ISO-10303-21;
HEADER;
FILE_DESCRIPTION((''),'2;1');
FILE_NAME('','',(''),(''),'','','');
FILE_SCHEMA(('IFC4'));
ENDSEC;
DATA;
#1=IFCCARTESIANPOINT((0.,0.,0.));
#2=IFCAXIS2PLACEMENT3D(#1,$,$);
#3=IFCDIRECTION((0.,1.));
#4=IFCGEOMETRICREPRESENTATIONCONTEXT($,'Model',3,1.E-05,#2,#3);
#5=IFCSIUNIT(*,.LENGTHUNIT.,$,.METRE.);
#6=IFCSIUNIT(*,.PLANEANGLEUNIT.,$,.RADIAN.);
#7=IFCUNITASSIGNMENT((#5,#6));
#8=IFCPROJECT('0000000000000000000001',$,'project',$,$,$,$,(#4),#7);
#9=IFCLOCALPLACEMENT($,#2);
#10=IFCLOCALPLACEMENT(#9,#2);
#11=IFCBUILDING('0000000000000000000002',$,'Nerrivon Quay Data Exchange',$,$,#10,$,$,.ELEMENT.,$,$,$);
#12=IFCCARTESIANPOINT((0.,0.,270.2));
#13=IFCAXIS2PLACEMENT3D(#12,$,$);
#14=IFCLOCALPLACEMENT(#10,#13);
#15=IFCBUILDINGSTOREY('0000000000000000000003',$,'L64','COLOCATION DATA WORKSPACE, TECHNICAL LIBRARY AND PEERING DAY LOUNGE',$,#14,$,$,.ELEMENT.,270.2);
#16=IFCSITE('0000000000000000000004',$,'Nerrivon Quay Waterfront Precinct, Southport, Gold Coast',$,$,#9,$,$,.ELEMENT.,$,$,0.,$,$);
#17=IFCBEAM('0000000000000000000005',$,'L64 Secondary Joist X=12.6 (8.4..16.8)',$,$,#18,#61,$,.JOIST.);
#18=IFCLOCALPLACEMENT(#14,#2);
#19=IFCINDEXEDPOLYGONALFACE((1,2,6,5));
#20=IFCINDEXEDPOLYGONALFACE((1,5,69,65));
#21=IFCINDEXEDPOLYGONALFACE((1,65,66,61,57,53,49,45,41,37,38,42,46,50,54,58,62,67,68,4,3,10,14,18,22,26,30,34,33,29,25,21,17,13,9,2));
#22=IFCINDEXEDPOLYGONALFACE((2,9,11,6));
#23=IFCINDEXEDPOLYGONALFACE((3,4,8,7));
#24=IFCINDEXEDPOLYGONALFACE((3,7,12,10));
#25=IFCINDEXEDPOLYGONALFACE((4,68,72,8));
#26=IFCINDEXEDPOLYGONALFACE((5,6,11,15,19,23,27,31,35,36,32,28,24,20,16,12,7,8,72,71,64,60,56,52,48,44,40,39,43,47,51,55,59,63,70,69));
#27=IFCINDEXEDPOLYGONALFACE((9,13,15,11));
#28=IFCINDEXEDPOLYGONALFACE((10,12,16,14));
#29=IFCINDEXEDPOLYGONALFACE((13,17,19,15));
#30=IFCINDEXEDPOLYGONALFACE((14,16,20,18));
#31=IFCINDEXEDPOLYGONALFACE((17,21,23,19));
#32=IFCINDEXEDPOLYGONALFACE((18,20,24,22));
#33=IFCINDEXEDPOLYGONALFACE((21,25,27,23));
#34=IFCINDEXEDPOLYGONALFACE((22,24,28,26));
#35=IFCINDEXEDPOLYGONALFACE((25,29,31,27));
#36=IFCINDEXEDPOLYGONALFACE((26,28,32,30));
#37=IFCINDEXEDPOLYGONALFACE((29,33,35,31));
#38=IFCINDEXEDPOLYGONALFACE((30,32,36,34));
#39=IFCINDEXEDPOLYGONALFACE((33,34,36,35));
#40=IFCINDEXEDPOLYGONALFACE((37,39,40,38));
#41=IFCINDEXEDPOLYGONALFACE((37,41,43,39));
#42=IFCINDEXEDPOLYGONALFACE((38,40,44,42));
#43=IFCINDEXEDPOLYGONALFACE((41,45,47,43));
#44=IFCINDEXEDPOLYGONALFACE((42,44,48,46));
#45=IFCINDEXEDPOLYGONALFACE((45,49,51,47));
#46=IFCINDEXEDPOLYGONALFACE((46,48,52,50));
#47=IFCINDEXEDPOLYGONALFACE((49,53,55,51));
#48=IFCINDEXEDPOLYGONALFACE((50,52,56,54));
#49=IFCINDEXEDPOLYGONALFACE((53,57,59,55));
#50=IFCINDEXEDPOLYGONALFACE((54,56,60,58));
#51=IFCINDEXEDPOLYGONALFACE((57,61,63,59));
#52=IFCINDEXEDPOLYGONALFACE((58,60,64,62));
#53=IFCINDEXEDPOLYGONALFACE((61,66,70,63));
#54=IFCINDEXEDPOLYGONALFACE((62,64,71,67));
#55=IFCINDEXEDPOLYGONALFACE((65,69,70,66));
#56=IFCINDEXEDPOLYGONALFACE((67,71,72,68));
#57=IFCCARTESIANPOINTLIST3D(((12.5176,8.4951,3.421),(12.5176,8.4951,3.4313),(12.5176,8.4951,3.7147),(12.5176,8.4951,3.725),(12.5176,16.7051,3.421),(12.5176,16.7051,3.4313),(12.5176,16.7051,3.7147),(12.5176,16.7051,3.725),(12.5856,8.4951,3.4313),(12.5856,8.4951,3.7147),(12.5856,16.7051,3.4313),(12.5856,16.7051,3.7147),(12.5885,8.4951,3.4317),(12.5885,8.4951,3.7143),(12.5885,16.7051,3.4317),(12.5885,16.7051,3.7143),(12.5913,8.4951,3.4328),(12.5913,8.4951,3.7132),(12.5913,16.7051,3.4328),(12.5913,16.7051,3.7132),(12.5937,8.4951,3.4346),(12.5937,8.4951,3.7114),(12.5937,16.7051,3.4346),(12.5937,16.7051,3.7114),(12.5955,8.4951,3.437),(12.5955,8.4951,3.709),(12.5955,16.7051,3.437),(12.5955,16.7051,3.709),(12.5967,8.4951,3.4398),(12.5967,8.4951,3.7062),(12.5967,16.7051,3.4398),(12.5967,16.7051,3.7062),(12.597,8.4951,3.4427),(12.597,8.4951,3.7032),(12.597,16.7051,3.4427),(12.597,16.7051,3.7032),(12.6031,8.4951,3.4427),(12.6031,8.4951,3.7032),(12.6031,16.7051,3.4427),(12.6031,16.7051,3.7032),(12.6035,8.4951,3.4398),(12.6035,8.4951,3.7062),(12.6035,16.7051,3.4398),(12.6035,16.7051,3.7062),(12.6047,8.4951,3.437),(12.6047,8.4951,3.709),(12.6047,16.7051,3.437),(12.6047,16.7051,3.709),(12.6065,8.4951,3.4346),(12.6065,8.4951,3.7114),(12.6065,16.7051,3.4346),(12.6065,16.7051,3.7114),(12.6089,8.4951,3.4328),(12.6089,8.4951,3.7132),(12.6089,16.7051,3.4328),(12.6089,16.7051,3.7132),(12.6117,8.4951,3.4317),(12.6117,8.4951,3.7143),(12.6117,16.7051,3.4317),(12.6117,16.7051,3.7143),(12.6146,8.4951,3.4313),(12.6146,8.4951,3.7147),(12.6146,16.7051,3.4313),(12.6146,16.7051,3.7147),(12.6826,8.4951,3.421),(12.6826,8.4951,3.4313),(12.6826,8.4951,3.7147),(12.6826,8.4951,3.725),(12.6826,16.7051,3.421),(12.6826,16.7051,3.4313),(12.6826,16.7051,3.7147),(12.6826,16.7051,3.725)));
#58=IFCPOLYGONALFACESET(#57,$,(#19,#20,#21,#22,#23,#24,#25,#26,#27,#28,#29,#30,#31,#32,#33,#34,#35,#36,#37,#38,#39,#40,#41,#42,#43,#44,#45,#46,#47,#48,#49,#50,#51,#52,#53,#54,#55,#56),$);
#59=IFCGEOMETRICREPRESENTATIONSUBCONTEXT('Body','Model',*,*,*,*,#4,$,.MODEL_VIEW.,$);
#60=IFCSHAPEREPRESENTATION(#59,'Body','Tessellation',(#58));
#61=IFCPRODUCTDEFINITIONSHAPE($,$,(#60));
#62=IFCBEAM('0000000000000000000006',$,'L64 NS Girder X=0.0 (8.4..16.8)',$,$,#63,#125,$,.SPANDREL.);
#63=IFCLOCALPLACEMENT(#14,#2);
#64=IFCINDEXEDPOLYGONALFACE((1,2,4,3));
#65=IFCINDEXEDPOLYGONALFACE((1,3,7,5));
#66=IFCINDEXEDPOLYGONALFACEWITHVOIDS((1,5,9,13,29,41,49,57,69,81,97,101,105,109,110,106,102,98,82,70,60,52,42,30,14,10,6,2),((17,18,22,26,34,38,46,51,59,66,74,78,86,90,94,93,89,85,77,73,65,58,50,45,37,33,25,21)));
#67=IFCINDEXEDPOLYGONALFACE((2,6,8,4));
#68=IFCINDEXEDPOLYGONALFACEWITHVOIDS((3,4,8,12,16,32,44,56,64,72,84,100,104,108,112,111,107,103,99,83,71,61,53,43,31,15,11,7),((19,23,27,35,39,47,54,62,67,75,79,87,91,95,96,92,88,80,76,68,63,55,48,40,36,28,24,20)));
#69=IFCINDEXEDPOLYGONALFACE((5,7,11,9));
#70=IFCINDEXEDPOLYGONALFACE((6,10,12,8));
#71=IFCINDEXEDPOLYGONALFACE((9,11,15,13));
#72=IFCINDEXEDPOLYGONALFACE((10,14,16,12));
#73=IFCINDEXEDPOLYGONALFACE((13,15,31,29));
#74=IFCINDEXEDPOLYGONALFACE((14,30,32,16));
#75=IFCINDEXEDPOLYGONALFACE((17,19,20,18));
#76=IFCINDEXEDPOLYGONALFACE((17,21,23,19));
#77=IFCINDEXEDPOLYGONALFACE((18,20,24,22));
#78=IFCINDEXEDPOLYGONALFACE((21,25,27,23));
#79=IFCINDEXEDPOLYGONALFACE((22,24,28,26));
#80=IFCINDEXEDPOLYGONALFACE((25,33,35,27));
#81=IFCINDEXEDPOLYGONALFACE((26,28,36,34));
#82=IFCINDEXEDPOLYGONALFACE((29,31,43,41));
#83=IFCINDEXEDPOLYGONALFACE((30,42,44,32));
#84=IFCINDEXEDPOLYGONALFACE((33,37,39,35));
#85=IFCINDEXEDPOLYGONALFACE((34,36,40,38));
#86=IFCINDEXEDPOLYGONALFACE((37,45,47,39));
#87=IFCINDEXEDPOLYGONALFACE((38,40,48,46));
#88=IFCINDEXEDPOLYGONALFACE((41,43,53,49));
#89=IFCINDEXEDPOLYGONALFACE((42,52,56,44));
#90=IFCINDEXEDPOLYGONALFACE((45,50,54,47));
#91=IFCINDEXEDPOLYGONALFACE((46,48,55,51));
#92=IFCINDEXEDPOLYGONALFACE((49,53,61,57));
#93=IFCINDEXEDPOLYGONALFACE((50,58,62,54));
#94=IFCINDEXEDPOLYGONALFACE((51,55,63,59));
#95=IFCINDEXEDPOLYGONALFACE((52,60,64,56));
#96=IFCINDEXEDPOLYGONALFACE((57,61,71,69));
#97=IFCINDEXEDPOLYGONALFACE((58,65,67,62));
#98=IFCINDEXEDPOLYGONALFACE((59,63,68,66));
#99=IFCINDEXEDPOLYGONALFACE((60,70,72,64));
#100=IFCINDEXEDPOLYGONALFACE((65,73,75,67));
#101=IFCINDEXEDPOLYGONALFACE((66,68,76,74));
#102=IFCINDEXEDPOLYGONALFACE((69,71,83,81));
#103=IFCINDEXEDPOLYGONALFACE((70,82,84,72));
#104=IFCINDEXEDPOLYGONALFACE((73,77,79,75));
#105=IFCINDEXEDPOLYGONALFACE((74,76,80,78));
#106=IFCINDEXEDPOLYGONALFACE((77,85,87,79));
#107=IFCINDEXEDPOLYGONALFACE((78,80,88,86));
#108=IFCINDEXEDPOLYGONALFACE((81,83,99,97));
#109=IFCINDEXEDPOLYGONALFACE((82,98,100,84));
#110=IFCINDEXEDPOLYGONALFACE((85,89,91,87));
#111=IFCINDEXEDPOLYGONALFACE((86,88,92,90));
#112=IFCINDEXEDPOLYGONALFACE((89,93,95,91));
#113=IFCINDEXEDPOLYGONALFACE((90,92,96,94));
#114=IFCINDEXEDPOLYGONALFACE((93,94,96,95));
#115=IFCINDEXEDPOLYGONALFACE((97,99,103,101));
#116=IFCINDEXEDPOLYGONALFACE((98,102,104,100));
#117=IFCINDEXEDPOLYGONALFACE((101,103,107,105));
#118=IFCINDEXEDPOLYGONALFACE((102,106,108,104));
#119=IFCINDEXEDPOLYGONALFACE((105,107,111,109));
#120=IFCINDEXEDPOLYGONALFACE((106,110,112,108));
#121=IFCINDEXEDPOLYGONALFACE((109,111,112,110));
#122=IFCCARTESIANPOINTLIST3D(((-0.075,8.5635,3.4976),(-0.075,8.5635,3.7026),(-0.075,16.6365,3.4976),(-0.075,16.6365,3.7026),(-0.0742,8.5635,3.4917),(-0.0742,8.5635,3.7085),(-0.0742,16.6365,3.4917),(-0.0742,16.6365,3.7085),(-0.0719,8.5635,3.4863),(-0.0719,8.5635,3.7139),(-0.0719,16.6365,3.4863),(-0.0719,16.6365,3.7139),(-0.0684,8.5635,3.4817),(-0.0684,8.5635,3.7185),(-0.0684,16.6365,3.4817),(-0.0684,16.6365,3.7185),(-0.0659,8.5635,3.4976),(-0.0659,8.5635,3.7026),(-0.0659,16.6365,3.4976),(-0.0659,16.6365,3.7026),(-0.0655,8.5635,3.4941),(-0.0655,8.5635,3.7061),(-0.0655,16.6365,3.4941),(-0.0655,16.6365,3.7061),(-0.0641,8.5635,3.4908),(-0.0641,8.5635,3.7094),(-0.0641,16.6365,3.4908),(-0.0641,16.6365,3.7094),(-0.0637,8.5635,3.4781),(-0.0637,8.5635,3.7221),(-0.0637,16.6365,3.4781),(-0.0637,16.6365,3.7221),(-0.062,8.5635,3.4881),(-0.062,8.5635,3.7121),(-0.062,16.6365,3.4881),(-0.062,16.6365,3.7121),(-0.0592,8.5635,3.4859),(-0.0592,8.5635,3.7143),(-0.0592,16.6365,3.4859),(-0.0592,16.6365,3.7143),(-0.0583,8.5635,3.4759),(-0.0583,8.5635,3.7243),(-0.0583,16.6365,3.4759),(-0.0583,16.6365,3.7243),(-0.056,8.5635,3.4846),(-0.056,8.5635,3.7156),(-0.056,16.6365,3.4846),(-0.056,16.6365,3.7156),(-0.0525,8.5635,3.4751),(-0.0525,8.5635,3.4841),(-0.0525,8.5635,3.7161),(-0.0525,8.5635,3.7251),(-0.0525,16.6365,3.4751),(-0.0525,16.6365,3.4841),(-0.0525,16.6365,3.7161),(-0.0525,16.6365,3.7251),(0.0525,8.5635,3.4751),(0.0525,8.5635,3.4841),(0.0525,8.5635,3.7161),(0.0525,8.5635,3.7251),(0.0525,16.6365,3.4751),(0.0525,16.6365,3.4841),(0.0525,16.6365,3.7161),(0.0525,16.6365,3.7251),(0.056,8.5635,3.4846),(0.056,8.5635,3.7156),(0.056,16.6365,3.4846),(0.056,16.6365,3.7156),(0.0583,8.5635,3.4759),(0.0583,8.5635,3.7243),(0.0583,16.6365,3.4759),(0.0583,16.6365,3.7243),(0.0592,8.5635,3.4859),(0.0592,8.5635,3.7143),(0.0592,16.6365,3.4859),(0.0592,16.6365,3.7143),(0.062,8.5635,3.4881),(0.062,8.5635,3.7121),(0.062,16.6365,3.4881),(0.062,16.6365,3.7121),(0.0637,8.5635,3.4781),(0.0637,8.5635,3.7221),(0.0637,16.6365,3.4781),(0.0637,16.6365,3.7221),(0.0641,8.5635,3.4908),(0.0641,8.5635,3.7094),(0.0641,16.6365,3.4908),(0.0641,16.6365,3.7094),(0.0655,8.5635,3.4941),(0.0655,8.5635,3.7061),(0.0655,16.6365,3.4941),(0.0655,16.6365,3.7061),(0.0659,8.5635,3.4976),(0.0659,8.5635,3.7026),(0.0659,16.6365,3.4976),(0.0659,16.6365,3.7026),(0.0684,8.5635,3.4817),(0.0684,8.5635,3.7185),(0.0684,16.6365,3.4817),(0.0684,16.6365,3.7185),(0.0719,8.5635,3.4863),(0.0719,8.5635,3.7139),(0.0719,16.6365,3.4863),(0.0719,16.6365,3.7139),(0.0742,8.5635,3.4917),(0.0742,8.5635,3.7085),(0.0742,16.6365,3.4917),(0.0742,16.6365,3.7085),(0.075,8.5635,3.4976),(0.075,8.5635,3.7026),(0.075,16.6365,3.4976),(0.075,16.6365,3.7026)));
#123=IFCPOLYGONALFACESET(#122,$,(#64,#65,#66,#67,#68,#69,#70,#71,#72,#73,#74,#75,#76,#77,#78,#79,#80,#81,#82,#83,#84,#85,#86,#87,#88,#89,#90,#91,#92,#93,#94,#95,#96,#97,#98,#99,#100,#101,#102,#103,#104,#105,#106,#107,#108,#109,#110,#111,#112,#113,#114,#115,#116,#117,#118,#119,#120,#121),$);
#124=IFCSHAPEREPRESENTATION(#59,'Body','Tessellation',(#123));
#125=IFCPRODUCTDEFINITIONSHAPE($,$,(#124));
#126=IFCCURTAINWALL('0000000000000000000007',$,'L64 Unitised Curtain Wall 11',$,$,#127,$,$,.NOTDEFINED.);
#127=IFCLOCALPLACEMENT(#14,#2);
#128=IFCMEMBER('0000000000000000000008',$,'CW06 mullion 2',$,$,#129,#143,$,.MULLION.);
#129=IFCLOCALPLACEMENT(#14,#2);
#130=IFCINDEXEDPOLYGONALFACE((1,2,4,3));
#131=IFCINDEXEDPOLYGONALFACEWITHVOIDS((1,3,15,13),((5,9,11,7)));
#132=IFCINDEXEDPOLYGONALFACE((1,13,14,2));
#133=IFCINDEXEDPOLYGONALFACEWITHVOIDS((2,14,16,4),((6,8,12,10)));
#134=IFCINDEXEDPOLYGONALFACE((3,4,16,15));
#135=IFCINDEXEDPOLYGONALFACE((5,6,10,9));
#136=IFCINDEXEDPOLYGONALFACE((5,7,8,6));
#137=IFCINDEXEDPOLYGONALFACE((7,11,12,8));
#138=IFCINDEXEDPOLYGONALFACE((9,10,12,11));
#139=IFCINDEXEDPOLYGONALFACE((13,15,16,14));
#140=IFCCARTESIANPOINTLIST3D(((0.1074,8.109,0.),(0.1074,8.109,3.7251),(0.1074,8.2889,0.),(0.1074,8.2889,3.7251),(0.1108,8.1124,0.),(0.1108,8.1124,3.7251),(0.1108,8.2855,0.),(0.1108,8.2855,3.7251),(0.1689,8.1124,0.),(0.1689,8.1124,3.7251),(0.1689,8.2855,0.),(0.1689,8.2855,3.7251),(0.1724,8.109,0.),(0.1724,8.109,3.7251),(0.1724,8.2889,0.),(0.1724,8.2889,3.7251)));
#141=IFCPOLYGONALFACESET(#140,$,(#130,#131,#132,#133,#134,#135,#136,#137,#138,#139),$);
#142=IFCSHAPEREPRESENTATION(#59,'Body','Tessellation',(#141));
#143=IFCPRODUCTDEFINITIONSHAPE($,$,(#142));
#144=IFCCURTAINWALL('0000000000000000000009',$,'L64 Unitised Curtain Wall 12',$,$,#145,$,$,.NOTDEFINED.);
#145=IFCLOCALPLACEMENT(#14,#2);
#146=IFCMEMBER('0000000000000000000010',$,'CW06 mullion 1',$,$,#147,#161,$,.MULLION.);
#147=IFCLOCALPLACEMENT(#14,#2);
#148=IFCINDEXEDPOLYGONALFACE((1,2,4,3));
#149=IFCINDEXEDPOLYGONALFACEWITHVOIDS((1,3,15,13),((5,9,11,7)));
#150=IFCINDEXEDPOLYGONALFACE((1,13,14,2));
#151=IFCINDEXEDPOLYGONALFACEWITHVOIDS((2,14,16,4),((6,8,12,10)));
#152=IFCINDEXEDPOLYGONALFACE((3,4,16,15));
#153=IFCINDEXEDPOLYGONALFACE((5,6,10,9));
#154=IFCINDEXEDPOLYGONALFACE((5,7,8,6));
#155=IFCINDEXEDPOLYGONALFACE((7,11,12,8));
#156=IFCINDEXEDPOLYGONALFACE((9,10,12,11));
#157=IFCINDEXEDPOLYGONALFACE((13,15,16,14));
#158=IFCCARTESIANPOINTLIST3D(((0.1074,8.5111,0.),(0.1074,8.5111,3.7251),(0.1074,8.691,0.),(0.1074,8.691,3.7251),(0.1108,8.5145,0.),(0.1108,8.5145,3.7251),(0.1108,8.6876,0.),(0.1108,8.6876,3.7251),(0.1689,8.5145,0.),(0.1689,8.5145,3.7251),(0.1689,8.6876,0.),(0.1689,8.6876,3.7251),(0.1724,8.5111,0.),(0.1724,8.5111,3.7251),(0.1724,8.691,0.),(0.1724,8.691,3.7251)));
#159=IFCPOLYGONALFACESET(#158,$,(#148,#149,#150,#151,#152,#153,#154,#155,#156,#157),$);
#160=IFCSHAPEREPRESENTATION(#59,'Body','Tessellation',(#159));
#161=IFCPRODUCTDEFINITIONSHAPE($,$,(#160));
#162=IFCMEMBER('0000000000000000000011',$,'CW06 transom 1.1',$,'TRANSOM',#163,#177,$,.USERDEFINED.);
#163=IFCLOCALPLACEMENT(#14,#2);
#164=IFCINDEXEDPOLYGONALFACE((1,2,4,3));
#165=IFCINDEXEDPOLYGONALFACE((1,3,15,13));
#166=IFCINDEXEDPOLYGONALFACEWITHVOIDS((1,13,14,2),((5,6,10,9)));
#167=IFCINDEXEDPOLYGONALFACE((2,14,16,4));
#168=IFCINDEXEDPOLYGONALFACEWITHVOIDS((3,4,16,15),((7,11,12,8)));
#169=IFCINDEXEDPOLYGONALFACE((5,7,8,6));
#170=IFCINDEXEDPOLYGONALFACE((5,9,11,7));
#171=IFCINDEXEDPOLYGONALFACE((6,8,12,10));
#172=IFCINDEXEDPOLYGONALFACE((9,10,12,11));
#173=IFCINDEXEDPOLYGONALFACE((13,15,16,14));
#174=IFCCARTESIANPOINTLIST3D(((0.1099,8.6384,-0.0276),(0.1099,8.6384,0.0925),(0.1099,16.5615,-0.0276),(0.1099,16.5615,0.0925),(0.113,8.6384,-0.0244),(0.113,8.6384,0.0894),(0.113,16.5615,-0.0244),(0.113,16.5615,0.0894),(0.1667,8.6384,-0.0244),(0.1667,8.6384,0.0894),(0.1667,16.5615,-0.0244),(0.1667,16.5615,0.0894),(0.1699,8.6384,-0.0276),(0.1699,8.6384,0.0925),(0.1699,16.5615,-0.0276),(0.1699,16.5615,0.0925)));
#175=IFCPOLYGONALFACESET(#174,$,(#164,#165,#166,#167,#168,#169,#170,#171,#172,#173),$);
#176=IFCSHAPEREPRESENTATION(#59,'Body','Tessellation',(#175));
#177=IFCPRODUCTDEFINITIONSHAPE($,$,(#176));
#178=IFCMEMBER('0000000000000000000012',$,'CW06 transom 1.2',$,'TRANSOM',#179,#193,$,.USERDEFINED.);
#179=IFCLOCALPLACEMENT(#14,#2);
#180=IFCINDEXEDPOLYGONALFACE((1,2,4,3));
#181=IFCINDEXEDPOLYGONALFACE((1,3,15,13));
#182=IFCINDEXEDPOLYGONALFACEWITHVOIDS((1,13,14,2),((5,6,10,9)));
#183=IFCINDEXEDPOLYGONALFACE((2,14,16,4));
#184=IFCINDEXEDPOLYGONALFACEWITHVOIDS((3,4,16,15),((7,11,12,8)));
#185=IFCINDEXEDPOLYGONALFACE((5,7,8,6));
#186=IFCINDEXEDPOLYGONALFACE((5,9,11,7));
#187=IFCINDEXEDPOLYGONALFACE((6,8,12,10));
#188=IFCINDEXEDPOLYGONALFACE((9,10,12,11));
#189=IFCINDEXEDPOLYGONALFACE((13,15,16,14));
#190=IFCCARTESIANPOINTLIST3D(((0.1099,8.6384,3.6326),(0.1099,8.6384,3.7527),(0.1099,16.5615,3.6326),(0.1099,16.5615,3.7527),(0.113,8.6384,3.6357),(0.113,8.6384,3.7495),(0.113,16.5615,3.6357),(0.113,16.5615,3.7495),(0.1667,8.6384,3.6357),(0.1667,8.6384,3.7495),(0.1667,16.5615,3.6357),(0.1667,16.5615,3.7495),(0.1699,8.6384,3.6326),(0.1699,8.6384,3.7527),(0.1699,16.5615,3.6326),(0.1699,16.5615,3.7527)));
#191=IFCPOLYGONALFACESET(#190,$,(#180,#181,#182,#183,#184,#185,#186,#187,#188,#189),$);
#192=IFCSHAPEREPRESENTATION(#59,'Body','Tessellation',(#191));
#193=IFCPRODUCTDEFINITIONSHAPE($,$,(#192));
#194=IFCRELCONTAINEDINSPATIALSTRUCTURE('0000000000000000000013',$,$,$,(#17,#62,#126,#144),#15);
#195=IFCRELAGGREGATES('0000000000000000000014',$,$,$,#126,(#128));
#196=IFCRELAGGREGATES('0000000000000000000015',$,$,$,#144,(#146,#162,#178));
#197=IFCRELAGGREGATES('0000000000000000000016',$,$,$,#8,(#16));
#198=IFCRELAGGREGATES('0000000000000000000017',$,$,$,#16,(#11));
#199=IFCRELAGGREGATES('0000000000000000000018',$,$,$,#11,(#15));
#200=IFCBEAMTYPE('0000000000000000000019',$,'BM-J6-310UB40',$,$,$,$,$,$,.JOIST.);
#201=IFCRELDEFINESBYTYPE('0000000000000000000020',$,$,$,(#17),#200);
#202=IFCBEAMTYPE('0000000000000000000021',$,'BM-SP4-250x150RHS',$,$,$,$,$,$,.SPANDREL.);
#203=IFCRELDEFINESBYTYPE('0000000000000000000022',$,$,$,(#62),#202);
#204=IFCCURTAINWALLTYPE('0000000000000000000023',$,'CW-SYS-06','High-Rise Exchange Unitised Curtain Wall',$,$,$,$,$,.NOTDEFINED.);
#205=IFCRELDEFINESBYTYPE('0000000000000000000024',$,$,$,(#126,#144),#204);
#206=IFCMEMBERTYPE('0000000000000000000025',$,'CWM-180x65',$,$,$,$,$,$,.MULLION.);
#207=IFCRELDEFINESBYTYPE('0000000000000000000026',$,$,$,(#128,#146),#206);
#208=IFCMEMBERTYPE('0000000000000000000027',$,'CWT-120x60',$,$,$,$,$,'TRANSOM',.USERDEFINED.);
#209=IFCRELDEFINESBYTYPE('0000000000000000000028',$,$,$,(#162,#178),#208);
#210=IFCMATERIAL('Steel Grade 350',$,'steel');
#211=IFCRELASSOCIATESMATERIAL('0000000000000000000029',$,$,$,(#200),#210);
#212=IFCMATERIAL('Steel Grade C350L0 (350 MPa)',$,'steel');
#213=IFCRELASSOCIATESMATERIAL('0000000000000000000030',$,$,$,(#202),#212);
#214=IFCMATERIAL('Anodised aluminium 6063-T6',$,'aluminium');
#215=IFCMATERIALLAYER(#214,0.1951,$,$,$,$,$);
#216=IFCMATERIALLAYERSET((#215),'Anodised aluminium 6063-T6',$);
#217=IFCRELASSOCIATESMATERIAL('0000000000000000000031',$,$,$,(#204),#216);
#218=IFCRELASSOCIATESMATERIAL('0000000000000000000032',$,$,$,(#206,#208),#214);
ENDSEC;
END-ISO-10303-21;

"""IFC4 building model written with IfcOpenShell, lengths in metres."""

from ifc_helpers import new_model, si_unit, direction, frame, origin, origin_2d, place, context, subcontext, project, spatial, hollow_rectangle, i_section, extrude, material, layer, layer_set, material_profile, profile_set, type_object, element, aggregate, save


model = new_model("IFC4")

# Units and contexts
model_context = context("Model", 3, precision=1e-05, world=origin(), true_north=direction((0.0, 1.0)))
body_context = subcontext(model_context, "Body", "Model", "MODEL_VIEW")
ifc_project = project(units=[si_unit("LENGTHUNIT", "METRE"), si_unit("PLANEANGLEUNIT", "RADIAN")], contexts=[model_context])

# Site, building, storey
site_placement = place(None, origin())
site = spatial("IfcSite", under=ifc_project, at=site_placement, Name="Nerrivon Quay Waterfront Precinct, Southport, Gold Coast", CompositionType="ELEMENT", RefElevation=0.0)
building_placement = place(site_placement, origin())
building = spatial("IfcBuilding", under=site, at=building_placement, Name="Nerrivon Quay Data Exchange", CompositionType="ELEMENT")
storey_placement = place(building_placement, frame((0.0, 0.0, 270.2)))
storey = spatial("IfcBuildingStorey", under=building, at=storey_placement, Name="L64", Description="COLOCATION DATA WORKSPACE, TECHNICAL LIBRARY AND PEERING DAY LOUNGE", CompositionType="ELEMENT", Elevation=270.2)

# Shared definitions
ifc_material_1 = material(Name="Steel Grade 350", Category="steel")

# Beams
ifc_material_profile_1 = material_profile(ifc_material_1, i_section(OverallWidth=0.165, OverallDepth=0.304, WebThickness=0.0061, FlangeThickness=0.0103, FilletRadius=0.0115, at=origin_2d()), Name="310UB40.4")
ifc_profile_set_1 = profile_set([ifc_material_profile_1], Name="Steel Grade 350")
beam_type_1 = type_object("IfcBeamType", Name="BM-J6-310UB40", PredefinedType="JOIST", material=ifc_profile_set_1)
for number, where, z_axis, x_axis, name in (
    (1, (12.6001, 8.4951, 3.573), (0.0, 1.0, 0.0), (-1.0, 0.0, 0.0), "L64 Secondary Joist X=12.6 (8.4..16.8)"),
):
    element("IfcBeam", number, at=place(storey_placement, frame(where, z_axis=z_axis, x_axis=x_axis)), inside=storey, type_object=beam_type_1, Name=name, PredefinedType="JOIST", context=body_context, shape_type="SweptSolid", body=[
        extrude(i_section(OverallWidth=0.165, OverallDepth=0.304, WebThickness=0.0061, FlangeThickness=0.0103, FilletRadius=0.0115, at=origin_2d()), origin(), (0.0, 0.0, 1.0), 8.21),
    ])
ifc_material_2 = material(Name="Steel Grade C350L0 (350 MPa)", Category="steel")
ifc_material_profile_2 = material_profile(ifc_material_2, hollow_rectangle(XDim=0.1499, YDim=0.25, WallThickness=0.009, InnerFilletRadius=0.0134, OuterFilletRadius=0.0225, at=origin_2d()), Name="250x150x9.0RHS")
ifc_profile_set_2 = profile_set([ifc_material_profile_2], Name="Steel Grade C350L0 (350 MPa)")
beam_type_2 = type_object("IfcBeamType", Name="BM-SP4-250x150RHS", PredefinedType="SPANDREL", material=ifc_profile_set_2)
beam_1_placement = place(storey_placement, frame((0.0, 8.5635, 3.6001), z_axis=(0.0, 1.0, 0.0), x_axis=(-1.0, 0.0, 0.0)))
element("IfcBeam", 2, at=beam_1_placement, inside=storey, type_object=beam_type_2, Name="L64 NS Girder X=0.0 (8.4..16.8)", PredefinedType="SPANDREL", context=body_context, shape_type="SweptSolid", body=[
    extrude(hollow_rectangle(XDim=0.1499, YDim=0.25, WallThickness=0.009, InnerFilletRadius=0.0134, OuterFilletRadius=0.0225, at=origin_2d()), origin(), (0.0, 0.0, 1.0), 8.073),
])

# Curtain wall, member
ifc_material_3 = material(Name="Anodised aluminium 6063-T6", Category="aluminium")
ifc_layer_1 = layer(ifc_material_3, 0.1951)
ifc_layer_set_1 = layer_set([ifc_layer_1], Name="Anodised aluminium 6063-T6")
curtain_wall_type = type_object("IfcCurtainWallType", Name="CW-SYS-06", Description="High-Rise Exchange Unitised Curtain Wall", PredefinedType="NOTDEFINED", material=ifc_layer_set_1)
curtain_wall_1_placement = place(storey_placement, origin())
curtain_wall_1 = element("IfcCurtainWall", 3, at=curtain_wall_1_placement, inside=storey, type_object=curtain_wall_type, Name="L64 Unitised Curtain Wall 11", PredefinedType="NOTDEFINED")
ifc_material_profile_3 = material_profile(ifc_material_3, hollow_rectangle(XDim=0.0649, YDim=0.1799, WallThickness=0.0034, at=origin_2d()), Name="ALU-MULL-180x65")
ifc_profile_set_3 = profile_set([ifc_material_profile_3], Name="Anodised aluminium 6063-T6")
member_type_1 = type_object("IfcMemberType", Name="CWM-180x65", PredefinedType="MULLION", material=ifc_profile_set_3)
member_1_placement = place(storey_placement, frame((0.1399, 8.199, 0.0), z_axis=(0.0, 0.0, 1.0), x_axis=(-1.0, 0.0, 0.0)))
member_1 = element("IfcMember", 4, at=member_1_placement, type_object=member_type_1, Name="CW06 mullion 2", PredefinedType="MULLION", context=body_context, shape_type="SweptSolid", body=[
    extrude(hollow_rectangle(XDim=0.0649, YDim=0.1799, WallThickness=0.0034, at=origin_2d()), origin(), (0.0, 0.0, 1.0), 3.7251),
])

# Curtain wall, members
curtain_wall_2_placement = place(storey_placement, origin())
curtain_wall_2 = element("IfcCurtainWall", 5, at=curtain_wall_2_placement, inside=storey, type_object=curtain_wall_type, Name="L64 Unitised Curtain Wall 12", PredefinedType="NOTDEFINED")
member_2_placement = place(storey_placement, frame((0.1399, 8.6011, 0.0), z_axis=(0.0, 0.0, 1.0), x_axis=(-1.0, 0.0, 0.0)))
member_2 = element("IfcMember", 6, at=member_2_placement, type_object=member_type_1, Name="CW06 mullion 1", PredefinedType="MULLION", context=body_context, shape_type="SweptSolid", body=[
    extrude(hollow_rectangle(XDim=0.0649, YDim=0.1799, WallThickness=0.0034, at=origin_2d()), origin(), (0.0, 0.0, 1.0), 3.7251),
])
ifc_material_profile_4 = material_profile(ifc_material_3, hollow_rectangle(XDim=0.0601, YDim=0.1201, WallThickness=0.0032, at=origin_2d()), Name="ALU-TRAN-120x60")
ifc_profile_set_4 = profile_set([ifc_material_profile_4], Name="Anodised aluminium 6063-T6")
member_type_2 = type_object("IfcMemberType", Name="CWT-120x60", ElementType="TRANSOM", PredefinedType="USERDEFINED", material=ifc_profile_set_4)
member_3_placement = place(storey_placement, frame((0.1399, 8.6384, 0.0325), z_axis=(0.0, 1.0, 0.0), x_axis=(-1.0, 0.0, 0.0)))
member_3 = element("IfcMember", 7, at=member_3_placement, type_object=member_type_2, Name="CW06 transom 1.1", ObjectType="TRANSOM", PredefinedType="USERDEFINED", context=body_context, shape_type="SweptSolid", body=[
    extrude(hollow_rectangle(XDim=0.0601, YDim=0.1201, WallThickness=0.0032, at=origin_2d()), origin(), (0.0, 0.0, 1.0), 7.9231),
])
member_4_placement = place(storey_placement, frame((0.1399, 8.6384, 3.6926), z_axis=(0.0, 1.0, 0.0), x_axis=(-1.0, 0.0, 0.0)))
member_4 = element("IfcMember", 8, at=member_4_placement, type_object=member_type_2, Name="CW06 transom 1.2", ObjectType="TRANSOM", PredefinedType="USERDEFINED", context=body_context, shape_type="SweptSolid", body=[
    extrude(hollow_rectangle(XDim=0.0601, YDim=0.1201, WallThickness=0.0032, at=origin_2d()), origin(), (0.0, 0.0, 1.0), 7.9231),
])

aggregate(curtain_wall_1, [member_1])
aggregate(curtain_wall_2, [member_2, member_3, member_4])

save(model, "model.ifc")
